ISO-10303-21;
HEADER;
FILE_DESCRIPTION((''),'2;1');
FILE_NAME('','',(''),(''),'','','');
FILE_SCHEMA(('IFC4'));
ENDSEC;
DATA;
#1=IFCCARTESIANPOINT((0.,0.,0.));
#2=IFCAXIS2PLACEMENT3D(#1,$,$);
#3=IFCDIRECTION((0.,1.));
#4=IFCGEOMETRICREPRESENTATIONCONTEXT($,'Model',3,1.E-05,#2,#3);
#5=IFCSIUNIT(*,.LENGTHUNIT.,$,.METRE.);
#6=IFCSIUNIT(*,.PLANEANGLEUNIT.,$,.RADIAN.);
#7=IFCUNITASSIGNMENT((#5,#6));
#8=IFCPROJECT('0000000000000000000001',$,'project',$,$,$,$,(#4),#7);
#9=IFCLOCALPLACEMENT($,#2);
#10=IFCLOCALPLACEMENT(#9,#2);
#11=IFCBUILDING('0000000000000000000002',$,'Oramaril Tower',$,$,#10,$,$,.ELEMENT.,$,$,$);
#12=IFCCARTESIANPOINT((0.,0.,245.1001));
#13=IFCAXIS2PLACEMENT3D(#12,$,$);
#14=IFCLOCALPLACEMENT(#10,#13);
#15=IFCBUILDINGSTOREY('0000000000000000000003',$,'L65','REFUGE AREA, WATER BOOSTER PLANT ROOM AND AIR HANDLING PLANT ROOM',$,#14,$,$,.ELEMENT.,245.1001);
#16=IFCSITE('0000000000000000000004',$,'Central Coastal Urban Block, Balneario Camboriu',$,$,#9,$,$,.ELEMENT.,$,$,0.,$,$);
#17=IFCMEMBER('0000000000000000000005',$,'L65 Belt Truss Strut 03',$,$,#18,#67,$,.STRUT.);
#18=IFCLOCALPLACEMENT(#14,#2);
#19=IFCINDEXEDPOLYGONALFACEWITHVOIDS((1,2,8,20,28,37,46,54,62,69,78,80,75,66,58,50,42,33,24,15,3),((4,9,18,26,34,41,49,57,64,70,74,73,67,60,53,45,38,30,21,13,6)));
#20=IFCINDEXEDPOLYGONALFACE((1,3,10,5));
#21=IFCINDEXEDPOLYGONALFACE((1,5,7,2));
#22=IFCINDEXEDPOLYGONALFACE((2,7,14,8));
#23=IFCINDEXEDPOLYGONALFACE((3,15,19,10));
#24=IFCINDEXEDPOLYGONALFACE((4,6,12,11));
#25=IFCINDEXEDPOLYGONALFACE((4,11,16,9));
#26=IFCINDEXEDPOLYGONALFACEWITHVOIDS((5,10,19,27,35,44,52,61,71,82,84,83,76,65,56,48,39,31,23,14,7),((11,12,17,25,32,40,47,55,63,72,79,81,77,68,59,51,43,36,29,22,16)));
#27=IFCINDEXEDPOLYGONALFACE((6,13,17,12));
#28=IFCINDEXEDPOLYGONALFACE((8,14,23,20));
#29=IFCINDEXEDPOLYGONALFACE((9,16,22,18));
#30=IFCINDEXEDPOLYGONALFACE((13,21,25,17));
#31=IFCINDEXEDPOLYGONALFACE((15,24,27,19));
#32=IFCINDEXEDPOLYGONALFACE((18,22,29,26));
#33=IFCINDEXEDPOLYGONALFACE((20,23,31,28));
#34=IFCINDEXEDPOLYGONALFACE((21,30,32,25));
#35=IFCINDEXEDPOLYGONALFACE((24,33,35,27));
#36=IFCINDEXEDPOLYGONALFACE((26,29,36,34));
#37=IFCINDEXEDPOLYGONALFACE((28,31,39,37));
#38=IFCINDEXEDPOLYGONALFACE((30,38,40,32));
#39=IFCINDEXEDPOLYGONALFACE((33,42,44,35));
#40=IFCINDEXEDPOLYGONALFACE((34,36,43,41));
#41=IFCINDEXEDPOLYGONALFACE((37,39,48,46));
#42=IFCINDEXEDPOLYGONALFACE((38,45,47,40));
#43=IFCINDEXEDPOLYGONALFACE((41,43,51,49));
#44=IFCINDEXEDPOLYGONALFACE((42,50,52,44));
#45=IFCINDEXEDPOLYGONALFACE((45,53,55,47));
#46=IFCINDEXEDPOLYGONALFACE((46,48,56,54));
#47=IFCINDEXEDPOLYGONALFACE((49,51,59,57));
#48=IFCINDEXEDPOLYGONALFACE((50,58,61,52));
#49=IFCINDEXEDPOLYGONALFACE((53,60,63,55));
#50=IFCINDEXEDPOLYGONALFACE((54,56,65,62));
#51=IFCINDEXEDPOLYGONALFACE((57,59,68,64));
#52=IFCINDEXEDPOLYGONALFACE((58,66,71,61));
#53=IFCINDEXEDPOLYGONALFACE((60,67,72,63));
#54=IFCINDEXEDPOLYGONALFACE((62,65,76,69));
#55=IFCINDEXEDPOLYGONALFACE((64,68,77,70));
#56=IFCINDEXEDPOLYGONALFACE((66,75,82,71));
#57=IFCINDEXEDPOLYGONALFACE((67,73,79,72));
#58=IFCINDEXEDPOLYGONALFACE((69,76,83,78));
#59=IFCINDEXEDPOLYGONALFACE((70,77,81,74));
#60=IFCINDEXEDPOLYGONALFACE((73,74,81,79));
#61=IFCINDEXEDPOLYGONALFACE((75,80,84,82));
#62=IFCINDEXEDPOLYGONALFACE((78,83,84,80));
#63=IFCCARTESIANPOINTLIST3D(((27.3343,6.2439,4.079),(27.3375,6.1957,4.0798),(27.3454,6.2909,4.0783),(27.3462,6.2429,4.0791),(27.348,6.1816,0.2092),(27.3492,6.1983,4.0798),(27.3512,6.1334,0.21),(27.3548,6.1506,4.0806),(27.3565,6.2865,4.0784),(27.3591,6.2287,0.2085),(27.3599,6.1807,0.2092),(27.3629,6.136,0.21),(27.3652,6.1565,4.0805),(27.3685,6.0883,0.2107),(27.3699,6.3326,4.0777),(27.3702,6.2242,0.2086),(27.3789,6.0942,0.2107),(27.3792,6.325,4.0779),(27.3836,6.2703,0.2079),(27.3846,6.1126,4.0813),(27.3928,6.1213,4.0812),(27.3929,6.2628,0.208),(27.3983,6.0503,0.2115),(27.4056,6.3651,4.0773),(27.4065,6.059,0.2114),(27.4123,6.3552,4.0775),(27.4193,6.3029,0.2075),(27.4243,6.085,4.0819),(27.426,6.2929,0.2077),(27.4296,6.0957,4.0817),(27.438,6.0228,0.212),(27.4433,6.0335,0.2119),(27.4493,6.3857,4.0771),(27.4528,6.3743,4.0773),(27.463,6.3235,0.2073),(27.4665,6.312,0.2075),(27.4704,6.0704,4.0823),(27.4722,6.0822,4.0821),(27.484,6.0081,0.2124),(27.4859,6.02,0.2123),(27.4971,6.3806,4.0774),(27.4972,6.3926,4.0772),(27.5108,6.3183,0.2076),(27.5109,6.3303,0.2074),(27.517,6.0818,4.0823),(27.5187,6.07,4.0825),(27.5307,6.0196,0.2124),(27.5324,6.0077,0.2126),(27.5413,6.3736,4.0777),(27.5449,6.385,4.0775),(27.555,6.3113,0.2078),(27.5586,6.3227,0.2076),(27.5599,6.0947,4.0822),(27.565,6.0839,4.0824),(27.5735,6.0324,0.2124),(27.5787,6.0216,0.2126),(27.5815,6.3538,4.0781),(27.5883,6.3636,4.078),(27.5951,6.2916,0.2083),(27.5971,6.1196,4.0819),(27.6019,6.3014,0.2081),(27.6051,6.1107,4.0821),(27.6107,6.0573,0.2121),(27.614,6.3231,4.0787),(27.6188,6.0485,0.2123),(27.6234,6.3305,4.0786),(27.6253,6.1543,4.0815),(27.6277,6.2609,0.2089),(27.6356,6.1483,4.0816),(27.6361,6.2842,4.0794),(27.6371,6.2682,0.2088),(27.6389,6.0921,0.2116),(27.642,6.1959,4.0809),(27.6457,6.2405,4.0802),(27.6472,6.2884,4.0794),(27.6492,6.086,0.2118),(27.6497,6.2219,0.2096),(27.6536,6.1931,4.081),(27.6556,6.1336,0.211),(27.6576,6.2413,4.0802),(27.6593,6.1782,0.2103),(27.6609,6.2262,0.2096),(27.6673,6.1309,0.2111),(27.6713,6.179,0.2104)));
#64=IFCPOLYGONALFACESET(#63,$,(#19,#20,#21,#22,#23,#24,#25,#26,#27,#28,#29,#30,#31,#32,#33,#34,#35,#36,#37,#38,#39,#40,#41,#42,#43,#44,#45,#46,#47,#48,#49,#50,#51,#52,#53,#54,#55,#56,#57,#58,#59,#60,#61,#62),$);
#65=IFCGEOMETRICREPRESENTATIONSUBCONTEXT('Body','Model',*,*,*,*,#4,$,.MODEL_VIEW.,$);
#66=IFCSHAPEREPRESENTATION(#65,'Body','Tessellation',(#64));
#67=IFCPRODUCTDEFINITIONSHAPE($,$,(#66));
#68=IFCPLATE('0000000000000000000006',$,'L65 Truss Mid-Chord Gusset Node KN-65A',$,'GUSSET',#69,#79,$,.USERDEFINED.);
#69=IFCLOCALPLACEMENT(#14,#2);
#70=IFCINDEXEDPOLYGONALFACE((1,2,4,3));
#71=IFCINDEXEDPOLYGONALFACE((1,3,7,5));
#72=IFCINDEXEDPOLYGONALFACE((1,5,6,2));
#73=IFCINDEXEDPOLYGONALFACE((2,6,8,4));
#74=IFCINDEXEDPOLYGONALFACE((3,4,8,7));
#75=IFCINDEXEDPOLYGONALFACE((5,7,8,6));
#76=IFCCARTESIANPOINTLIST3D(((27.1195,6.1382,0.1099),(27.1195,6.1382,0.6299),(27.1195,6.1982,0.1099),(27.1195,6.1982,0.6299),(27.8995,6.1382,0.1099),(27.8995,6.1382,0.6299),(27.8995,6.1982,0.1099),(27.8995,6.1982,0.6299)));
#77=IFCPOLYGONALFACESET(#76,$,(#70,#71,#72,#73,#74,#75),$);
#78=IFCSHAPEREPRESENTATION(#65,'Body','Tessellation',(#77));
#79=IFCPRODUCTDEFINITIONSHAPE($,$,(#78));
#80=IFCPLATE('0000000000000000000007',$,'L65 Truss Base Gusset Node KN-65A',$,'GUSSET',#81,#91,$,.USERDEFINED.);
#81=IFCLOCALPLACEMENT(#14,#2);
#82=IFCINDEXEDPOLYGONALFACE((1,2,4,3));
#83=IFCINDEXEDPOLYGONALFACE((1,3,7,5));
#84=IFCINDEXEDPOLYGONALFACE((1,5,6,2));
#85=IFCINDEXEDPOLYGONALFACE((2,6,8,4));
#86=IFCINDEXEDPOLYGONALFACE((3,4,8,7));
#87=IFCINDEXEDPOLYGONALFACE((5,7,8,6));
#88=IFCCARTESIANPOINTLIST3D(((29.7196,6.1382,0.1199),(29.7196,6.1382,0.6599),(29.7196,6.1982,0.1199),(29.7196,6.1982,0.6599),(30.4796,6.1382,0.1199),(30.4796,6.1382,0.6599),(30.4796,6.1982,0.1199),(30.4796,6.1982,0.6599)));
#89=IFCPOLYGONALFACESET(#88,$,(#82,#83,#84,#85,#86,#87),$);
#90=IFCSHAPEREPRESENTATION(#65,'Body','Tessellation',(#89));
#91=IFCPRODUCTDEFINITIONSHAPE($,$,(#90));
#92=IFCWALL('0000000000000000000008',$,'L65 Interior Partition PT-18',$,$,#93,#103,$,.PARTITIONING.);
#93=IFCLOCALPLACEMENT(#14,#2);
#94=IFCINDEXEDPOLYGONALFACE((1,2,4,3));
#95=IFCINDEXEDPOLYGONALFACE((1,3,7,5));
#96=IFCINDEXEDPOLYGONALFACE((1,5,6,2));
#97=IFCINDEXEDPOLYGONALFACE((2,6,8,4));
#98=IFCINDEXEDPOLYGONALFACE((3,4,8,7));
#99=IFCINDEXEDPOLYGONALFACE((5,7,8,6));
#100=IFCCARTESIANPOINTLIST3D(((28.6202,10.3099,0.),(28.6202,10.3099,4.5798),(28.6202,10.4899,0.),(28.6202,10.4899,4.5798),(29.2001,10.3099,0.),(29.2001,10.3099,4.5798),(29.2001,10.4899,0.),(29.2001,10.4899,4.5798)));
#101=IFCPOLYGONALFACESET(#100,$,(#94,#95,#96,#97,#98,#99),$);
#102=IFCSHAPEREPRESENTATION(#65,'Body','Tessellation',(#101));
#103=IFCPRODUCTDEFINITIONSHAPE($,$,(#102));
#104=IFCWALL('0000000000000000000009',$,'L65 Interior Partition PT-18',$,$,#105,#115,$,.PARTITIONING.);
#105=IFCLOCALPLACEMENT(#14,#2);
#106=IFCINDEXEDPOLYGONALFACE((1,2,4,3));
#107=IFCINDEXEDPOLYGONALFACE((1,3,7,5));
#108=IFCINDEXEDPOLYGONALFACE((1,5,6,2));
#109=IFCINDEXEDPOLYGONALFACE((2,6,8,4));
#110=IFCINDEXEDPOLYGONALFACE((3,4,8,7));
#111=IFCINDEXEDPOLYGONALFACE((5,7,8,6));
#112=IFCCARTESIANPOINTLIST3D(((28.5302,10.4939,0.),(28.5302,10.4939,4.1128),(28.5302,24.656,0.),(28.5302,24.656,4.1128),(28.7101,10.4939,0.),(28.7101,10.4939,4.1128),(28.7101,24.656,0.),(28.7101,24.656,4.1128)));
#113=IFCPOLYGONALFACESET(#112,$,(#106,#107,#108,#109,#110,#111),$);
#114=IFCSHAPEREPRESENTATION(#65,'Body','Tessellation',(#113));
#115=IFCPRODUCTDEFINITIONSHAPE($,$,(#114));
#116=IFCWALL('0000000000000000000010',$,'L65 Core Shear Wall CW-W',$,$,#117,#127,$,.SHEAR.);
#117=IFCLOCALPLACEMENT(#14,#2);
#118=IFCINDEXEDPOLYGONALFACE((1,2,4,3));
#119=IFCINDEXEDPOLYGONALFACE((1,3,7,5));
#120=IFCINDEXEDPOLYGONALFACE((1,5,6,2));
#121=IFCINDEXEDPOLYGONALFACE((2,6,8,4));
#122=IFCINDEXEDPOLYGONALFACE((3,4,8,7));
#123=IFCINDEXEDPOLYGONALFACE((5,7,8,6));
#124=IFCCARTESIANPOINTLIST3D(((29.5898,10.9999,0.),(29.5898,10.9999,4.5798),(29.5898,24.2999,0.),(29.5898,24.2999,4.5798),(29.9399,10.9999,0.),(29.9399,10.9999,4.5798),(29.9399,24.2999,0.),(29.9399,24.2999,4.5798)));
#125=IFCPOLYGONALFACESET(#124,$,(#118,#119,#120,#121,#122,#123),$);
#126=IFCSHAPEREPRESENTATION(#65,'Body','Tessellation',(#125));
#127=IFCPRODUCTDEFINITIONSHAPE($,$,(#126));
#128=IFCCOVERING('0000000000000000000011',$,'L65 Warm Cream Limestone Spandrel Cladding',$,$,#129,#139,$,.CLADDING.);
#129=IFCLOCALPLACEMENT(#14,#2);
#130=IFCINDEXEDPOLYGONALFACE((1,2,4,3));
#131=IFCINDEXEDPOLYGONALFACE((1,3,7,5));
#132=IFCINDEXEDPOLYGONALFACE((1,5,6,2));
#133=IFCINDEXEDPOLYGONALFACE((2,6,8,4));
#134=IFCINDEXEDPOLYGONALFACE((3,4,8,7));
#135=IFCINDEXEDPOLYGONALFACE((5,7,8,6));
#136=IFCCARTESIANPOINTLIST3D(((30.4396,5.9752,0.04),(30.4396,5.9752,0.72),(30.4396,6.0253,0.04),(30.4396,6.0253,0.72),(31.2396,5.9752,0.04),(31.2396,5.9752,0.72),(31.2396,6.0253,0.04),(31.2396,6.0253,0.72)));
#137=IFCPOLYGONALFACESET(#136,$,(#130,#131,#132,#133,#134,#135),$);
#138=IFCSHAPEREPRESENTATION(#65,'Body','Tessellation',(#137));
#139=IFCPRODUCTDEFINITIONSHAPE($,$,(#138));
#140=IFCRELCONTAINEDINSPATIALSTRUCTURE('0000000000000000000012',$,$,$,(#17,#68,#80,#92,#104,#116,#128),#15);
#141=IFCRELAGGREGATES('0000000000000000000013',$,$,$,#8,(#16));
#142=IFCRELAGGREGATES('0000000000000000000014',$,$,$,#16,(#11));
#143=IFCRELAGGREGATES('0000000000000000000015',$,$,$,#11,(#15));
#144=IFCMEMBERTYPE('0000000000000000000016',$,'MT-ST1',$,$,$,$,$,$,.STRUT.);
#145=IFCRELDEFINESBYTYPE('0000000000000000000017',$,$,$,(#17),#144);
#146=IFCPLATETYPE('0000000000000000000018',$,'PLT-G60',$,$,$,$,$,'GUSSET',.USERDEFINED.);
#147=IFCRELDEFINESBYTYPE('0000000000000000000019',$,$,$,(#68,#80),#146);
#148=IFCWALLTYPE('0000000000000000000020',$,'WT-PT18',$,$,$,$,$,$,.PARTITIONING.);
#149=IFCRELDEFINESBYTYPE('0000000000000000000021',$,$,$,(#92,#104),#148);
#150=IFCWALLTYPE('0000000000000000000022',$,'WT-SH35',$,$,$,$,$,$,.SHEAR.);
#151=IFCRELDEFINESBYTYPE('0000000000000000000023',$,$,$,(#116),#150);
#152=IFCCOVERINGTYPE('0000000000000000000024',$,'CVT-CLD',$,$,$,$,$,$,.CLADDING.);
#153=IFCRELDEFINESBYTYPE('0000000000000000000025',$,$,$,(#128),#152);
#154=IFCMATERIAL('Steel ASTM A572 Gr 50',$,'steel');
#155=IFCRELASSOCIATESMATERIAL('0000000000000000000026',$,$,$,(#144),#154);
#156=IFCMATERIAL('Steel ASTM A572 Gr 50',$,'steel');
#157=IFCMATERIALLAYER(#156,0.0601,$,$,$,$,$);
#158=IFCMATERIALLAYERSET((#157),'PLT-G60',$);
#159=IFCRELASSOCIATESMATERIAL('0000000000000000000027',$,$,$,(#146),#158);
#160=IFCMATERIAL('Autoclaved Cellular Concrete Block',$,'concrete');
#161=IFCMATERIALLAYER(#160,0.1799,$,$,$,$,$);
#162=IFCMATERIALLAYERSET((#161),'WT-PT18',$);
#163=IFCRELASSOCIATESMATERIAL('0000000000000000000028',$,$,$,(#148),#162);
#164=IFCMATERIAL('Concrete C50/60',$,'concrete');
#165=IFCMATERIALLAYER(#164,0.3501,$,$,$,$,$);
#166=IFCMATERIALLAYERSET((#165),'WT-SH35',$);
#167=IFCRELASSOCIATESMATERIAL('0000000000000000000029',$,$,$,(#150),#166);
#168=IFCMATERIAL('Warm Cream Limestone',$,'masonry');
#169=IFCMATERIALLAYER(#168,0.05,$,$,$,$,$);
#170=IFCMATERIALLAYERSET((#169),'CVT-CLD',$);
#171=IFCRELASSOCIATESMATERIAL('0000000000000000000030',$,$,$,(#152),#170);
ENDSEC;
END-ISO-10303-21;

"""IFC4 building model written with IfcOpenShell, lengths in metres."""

from ifc_helpers import new_model, si_unit, direction, frame, frame_2d, origin, origin_2d, place, context, subcontext, project, spatial, rectangle, hollow_circle, extrude, material, layer, layer_set, material_profile, profile_set, type_object, element, save


model = new_model("IFC4")

# Units and contexts
model_context = context("Model", 3, precision=1e-05, world=origin(), true_north=direction((0.0, 1.0)))
body_context = subcontext(model_context, "Body", "Model", "MODEL_VIEW")
ifc_project = project(units=[si_unit("LENGTHUNIT", "METRE"), si_unit("PLANEANGLEUNIT", "RADIAN")], contexts=[model_context])

# Site, building, storey
site_placement = place(None, origin())
site = spatial("IfcSite", under=ifc_project, at=site_placement, Name="Central Coastal Urban Block, Balneario Camboriu", CompositionType="ELEMENT", RefElevation=0.0)
building_placement = place(site_placement, origin())
building = spatial("IfcBuilding", under=site, at=building_placement, Name="Oramaril Tower", CompositionType="ELEMENT")
storey_placement = place(building_placement, frame((0.0, 0.0, 245.1001)))
storey = spatial("IfcBuildingStorey", under=building, at=storey_placement, Name="L65", Description="REFUGE AREA, WATER BOOSTER PLANT ROOM AND AIR HANDLING PLANT ROOM", CompositionType="ELEMENT", Elevation=245.1001)

# Member
ifc_material_1 = material(Name="Steel ASTM A572 Gr 50", Category="steel")
ifc_material_profile_1 = material_profile(ifc_material_1, hollow_circle(Radius=0.1621, WallThickness=0.012, at=origin_2d()), Name="CHS324X12")
ifc_profile_set_1 = profile_set([ifc_material_profile_1], Name="Steel ASTM A572 Gr 50")
member_type_1 = type_object("IfcMemberType", Name="MT-ST1", PredefinedType="STRUT", material=ifc_profile_set_1)
member_1_placement = place(storey_placement, frame((27.5095, 6.1682, 0.21), z_axis=(-0.003532, 0.016085, 0.999864), x_axis=(-0.976725, -0.214496, 0.0)))
element("IfcMember", 1, at=member_1_placement, inside=storey, type_object=member_type_1, Name="L65 Belt Truss Strut 03", PredefinedType="STRUT", context=body_context, shape_type="SweptSolid", body=[
    extrude(hollow_circle(Radius=0.1621, WallThickness=0.012, at=origin_2d()), origin(), (0.0, 0.0, 1.0), 3.8704),
])

# Plates
ifc_material_2 = material(Name="Steel ASTM A572 Gr 50", Category="steel")
ifc_layer_1 = layer(ifc_material_2, 0.0601)
ifc_layer_set_1 = layer_set([ifc_layer_1], Name="PLT-G60")
plate_type = type_object("IfcPlateType", Name="PLT-G60", ElementType="GUSSET", PredefinedType="USERDEFINED", material=ifc_layer_set_1)
plate_1_placement = place(storey_placement, frame((27.5095, 6.1682, 0.1099), z_axis=(0.0, 0.0, 1.0), x_axis=(1.0, 0.0, 0.0)))
element("IfcPlate", 2, at=plate_1_placement, inside=storey, type_object=plate_type, Name="L65 Truss Mid-Chord Gusset Node KN-65A", ObjectType="GUSSET", PredefinedType="USERDEFINED", context=body_context, shape_type="SweptSolid", body=[
    extrude(rectangle(XDim=0.78, YDim=0.0601, at=origin_2d()), origin(), (0.0, 0.0, 1.0), 0.52),
])
plate_2_placement = place(storey_placement, frame((30.0996, 6.1682, 0.1199), z_axis=(0.0, 0.0, 1.0), x_axis=(1.0, 0.0, 0.0)))
element("IfcPlate", 3, at=plate_2_placement, inside=storey, type_object=plate_type, Name="L65 Truss Base Gusset Node KN-65A", ObjectType="GUSSET", PredefinedType="USERDEFINED", context=body_context, shape_type="SweptSolid", body=[
    extrude(rectangle(XDim=0.76, YDim=0.0601, at=origin_2d()), origin(), (0.0, 0.0, 1.0), 0.54),
])

# Walls
ifc_material_3 = material(Name="Autoclaved Cellular Concrete Block", Category="concrete")
ifc_layer_2 = layer(ifc_material_3, 0.1799)
ifc_layer_set_2 = layer_set([ifc_layer_2], Name="WT-PT18")
wall_type_1 = type_object("IfcWallType", Name="WT-PT18", PredefinedType="PARTITIONING", material=ifc_layer_set_2)
wall_1_placement = place(storey_placement, frame((28.6201, 10.3999, 0.0), z_axis=(0.0, 0.0, 1.0), x_axis=(1.0, 0.0, 0.0)))
element("IfcWall", 4, at=wall_1_placement, inside=storey, type_object=wall_type_1, Name="L65 Interior Partition PT-18", PredefinedType="PARTITIONING", context=body_context, shape_type="SweptSolid", body=[
    extrude(rectangle(XDim=0.5798, YDim=0.1799, at=frame_2d((0.29, 0.0))), origin(), (0.0, 0.0, 1.0), 4.5798),
])
wall_2_placement = place(storey_placement, frame((28.6201, 10.4939, 0.0), z_axis=(0.0, 0.0, 1.0), x_axis=(0.0, 1.0, 0.0)))
element("IfcWall", 5, at=wall_2_placement, inside=storey, type_object=wall_type_1, Name="L65 Interior Partition PT-18", PredefinedType="PARTITIONING", context=body_context, shape_type="SweptSolid", body=[
    extrude(rectangle(XDim=14.1621, YDim=0.1799, at=frame_2d((7.0811, 0.0))), origin(), (0.0, 0.0, 1.0), 4.1128),
])
ifc_material_4 = material(Name="Concrete C50/60", Category="concrete")
ifc_layer_3 = layer(ifc_material_4, 0.3501)
ifc_layer_set_3 = layer_set([ifc_layer_3], Name="WT-SH35")
wall_type_2 = type_object("IfcWallType", Name="WT-SH35", PredefinedType="SHEAR", material=ifc_layer_set_3)
wall_3_placement = place(storey_placement, frame((29.7649, 11.0, 0.0), z_axis=(0.0, 0.0, 1.0), x_axis=(0.0, 1.0, 0.0)))
element("IfcWall", 6, at=wall_3_placement, inside=storey, type_object=wall_type_2, Name="L65 Core Shear Wall CW-W", PredefinedType="SHEAR", context=body_context, shape_type="SweptSolid", body=[
    extrude(rectangle(XDim=13.3, YDim=0.3501, at=frame_2d((6.6499, 0.0))), origin(), (0.0, 0.0, 1.0), 4.5798),
])

# Covering
ifc_material_5 = material(Name="Warm Cream Limestone", Category="masonry")
ifc_layer_4 = layer(ifc_material_5, 0.05)
ifc_layer_set_4 = layer_set([ifc_layer_4], Name="CVT-CLD")
covering_type = type_object("IfcCoveringType", Name="CVT-CLD", PredefinedType="CLADDING", material=ifc_layer_set_4)
covering_placement = place(storey_placement, frame((30.8396, 6.0002, 0.04), z_axis=(0.0, 0.0, 1.0), x_axis=(1.0, 0.0, 0.0)))
element("IfcCovering", 7, at=covering_placement, inside=storey, type_object=covering_type, Name="L65 Warm Cream Limestone Spandrel Cladding", PredefinedType="CLADDING", context=body_context, shape_type="SweptSolid", body=[
    extrude(rectangle(XDim=0.8, YDim=0.05, at=origin_2d()), origin(), (0.0, 0.0, 1.0), 0.6799),
])

save(model, "model.ifc")
